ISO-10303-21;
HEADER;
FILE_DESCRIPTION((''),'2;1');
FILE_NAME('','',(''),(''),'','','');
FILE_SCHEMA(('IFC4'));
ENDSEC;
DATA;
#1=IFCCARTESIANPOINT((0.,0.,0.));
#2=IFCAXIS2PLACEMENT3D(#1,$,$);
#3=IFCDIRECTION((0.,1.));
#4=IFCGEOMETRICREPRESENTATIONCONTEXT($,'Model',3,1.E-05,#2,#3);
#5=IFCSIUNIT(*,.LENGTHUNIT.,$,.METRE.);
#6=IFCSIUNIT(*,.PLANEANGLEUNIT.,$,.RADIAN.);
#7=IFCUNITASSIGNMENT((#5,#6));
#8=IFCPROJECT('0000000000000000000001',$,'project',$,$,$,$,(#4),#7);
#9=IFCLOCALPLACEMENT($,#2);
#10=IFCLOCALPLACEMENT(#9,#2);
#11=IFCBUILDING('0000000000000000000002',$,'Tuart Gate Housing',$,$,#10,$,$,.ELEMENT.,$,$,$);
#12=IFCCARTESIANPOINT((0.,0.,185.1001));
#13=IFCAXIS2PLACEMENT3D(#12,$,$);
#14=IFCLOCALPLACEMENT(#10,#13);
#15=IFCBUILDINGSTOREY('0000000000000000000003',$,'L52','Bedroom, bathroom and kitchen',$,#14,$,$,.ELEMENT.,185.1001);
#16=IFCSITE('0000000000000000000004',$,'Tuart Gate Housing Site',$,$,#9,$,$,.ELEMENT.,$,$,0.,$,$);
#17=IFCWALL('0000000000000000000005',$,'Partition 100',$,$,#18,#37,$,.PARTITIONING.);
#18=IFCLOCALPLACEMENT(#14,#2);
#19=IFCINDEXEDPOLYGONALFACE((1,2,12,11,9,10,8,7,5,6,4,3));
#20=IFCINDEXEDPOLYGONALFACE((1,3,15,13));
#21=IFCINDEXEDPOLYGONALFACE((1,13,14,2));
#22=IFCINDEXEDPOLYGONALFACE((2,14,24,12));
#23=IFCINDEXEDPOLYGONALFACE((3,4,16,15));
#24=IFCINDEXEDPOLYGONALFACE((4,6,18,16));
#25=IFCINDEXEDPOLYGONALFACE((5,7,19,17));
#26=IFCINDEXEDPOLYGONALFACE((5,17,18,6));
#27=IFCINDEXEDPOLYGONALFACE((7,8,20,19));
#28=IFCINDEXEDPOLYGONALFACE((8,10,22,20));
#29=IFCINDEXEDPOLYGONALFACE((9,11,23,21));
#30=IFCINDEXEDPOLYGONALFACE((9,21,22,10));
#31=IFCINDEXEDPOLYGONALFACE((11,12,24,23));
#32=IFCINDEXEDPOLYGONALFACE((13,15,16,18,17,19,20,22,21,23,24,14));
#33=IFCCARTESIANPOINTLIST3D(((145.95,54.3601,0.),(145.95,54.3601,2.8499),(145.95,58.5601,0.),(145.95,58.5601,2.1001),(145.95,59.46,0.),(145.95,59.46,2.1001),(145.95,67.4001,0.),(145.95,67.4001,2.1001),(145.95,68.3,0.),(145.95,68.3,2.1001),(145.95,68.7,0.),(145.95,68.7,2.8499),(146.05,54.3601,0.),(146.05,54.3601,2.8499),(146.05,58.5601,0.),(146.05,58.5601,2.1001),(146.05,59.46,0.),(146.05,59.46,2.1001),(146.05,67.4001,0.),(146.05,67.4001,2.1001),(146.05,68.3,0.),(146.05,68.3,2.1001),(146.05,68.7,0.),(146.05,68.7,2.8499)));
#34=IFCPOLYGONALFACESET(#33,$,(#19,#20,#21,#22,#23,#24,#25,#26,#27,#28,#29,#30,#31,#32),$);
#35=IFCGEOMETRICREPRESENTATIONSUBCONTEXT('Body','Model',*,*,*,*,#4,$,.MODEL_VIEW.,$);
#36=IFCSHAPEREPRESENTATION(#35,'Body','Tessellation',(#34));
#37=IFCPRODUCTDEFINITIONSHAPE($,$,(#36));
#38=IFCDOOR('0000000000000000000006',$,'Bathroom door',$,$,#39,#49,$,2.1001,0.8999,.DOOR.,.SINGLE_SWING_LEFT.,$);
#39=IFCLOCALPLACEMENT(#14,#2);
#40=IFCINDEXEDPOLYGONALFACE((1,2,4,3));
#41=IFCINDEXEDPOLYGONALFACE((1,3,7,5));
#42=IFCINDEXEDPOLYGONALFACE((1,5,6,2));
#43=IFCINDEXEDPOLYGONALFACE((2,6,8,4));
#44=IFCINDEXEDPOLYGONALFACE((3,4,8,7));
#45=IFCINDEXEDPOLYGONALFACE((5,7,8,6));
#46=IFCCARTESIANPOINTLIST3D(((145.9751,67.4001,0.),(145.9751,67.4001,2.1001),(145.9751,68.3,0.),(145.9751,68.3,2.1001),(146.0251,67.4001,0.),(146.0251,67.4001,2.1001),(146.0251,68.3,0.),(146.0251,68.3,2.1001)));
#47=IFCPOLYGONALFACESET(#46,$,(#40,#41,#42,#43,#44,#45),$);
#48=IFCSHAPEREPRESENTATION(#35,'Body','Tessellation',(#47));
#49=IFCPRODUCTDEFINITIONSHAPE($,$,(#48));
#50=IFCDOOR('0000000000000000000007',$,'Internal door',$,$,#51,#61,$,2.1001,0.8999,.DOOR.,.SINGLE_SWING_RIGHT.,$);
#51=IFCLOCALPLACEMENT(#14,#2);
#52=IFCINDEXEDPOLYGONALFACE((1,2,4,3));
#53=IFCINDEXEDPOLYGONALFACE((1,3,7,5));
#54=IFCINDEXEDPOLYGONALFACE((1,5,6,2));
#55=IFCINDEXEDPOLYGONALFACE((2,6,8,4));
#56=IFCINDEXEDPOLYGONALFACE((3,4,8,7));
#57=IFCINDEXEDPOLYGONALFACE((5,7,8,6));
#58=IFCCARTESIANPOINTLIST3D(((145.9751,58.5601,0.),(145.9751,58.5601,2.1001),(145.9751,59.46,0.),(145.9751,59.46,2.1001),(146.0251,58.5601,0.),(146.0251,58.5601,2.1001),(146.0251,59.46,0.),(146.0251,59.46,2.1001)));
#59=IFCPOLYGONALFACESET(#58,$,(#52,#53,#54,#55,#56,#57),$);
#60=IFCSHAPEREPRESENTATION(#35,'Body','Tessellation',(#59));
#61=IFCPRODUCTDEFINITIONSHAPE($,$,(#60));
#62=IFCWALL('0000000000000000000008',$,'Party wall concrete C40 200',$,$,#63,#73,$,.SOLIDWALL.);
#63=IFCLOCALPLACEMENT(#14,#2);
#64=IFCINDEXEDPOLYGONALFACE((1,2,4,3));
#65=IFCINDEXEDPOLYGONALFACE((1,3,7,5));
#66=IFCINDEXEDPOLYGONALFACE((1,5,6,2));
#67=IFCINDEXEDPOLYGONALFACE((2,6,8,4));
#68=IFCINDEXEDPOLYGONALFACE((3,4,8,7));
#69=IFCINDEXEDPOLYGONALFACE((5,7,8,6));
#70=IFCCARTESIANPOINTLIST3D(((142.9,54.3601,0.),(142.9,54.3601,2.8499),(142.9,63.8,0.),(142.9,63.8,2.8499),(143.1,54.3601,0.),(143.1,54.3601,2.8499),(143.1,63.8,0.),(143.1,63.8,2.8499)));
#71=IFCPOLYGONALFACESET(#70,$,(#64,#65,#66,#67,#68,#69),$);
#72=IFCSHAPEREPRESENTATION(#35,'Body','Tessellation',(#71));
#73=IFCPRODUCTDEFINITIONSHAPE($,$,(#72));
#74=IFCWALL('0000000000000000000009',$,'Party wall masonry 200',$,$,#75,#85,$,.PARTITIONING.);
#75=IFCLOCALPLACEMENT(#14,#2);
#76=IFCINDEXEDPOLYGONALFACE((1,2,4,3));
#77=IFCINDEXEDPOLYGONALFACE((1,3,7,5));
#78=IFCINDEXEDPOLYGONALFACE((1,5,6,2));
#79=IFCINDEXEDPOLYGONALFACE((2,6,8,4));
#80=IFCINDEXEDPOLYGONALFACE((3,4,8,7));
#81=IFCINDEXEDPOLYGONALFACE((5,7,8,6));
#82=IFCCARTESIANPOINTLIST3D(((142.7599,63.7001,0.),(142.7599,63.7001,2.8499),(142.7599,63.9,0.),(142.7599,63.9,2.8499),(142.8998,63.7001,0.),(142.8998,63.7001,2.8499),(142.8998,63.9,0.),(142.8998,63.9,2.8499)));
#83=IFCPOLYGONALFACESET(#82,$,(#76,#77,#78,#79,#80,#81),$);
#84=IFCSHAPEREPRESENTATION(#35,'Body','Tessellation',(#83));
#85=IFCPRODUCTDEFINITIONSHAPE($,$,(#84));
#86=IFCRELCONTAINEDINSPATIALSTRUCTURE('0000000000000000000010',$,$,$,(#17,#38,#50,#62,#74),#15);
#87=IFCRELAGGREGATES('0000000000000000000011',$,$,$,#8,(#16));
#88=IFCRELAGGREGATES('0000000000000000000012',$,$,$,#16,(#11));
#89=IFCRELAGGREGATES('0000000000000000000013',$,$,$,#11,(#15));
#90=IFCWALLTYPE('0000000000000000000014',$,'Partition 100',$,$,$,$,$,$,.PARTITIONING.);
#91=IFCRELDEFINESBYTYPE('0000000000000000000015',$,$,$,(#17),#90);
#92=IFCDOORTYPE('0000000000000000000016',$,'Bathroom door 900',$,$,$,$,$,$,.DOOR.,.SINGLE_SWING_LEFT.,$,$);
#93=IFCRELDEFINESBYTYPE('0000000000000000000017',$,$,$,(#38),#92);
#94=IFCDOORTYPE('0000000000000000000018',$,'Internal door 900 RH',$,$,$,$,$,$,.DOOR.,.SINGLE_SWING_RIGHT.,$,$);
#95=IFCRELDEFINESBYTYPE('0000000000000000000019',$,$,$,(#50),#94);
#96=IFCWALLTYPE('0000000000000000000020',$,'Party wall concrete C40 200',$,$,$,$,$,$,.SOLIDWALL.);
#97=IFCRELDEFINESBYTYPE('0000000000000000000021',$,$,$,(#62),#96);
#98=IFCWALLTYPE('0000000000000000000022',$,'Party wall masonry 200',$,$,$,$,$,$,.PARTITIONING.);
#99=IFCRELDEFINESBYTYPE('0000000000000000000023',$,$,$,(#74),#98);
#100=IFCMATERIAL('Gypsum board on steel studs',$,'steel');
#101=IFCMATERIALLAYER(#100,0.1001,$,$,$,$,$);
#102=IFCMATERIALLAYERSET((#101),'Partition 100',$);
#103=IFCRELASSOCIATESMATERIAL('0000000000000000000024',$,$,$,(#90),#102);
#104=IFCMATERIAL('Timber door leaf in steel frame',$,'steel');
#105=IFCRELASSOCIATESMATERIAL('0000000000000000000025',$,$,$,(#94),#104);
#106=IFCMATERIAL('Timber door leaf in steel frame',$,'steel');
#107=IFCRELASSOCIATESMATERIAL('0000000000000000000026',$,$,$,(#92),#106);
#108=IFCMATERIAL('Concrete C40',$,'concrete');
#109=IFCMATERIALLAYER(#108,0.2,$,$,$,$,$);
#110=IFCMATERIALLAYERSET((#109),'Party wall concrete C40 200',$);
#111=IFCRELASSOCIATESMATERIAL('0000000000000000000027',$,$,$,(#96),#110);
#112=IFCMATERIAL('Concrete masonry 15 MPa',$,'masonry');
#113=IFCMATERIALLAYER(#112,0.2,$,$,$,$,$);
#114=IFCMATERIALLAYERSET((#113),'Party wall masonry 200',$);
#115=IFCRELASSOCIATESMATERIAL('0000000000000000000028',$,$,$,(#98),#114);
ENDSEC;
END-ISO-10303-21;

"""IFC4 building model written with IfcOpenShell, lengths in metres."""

from ifc_helpers import new_model, si_unit, direction, frame, frame_2d, origin, place, context, subcontext, project, spatial, rectangle, extrude, material, layer, layer_set, type_object, element, fill, save


model = new_model("IFC4")

# Units and contexts
model_context = context("Model", 3, precision=1e-05, world=origin(), true_north=direction((0.0, 1.0)))
body_context = subcontext(model_context, "Body", "Model", "MODEL_VIEW")
ifc_project = project(units=[si_unit("LENGTHUNIT", "METRE"), si_unit("PLANEANGLEUNIT", "RADIAN")], contexts=[model_context])

# Site, building, storey
site_placement = place(None, origin())
site = spatial("IfcSite", under=ifc_project, at=site_placement, Name="Tuart Gate Housing Site", CompositionType="ELEMENT", RefElevation=0.0)
building_placement = place(site_placement, origin())
building = spatial("IfcBuilding", under=site, at=building_placement, Name="Tuart Gate Housing", CompositionType="ELEMENT")
storey_placement = place(building_placement, frame((0.0, 0.0, 185.1001)))
storey = spatial("IfcBuildingStorey", under=building, at=storey_placement, Name="L52", Description="Bedroom, bathroom and kitchen", CompositionType="ELEMENT", Elevation=185.1001)

# Shared definitions
ifc_material_1 = material(Name="Gypsum board on steel studs", Category="steel")
ifc_layer_1 = layer(ifc_material_1, 0.1001)
ifc_layer_set_1 = layer_set([ifc_layer_1], Name="Partition 100")
wall_type_1 = type_object("IfcWallType", Name="Partition 100", PredefinedType="PARTITIONING", material=ifc_layer_set_1)

# Shared definitions
ifc_material_2 = material(Name="Timber door leaf in steel frame", Category="steel")
door_type_1 = type_object("IfcDoorType", Name="Internal door 900 RH", OperationType="SINGLE_SWING_RIGHT", PredefinedType="DOOR", material=ifc_material_2)

# Wall, openings, doors
wall_1_placement = place(storey_placement, frame((146.0, 54.3601, 0.0), z_axis=(0.0, 0.0, 1.0), x_axis=(0.0, 1.0, 0.0)))
wall_1 = element("IfcWall", 1, at=wall_1_placement, inside=storey, type_object=wall_type_1, Name="Partition 100", PredefinedType="PARTITIONING", context=body_context, shape_type="SweptSolid", body=[
    extrude(rectangle(XDim=14.3398, YDim=0.1001, at=frame_2d((7.1699, 0.0))), origin(), (0.0, 0.0, 1.0), 2.8499),
])
opening_1_placement = place(wall_1_placement, frame((4.2, 0.0, 0.0)))
opening_1 = element("IfcOpeningElement", 2, at=opening_1_placement, cuts=wall_1, PredefinedType="OPENING", context=body_context, shape_type="SweptSolid", body=[
    extrude(rectangle(XDim=0.8999, YDim=2.1001, at=frame_2d((0.45, 1.05))), frame((0.0, 0.0601, 0.0), z_axis=(0.0, -1.0, 0.0), x_axis=(1.0, 0.0, 0.0)), (0.0, 0.0, 1.0), 0.1201),
])
opening_2_placement = place(wall_1_placement, frame((13.04, 0.0, 0.0)))
opening_2 = element("IfcOpeningElement", 3, at=opening_2_placement, cuts=wall_1, PredefinedType="OPENING", context=body_context, shape_type="SweptSolid", body=[
    extrude(rectangle(XDim=0.8999, YDim=2.1001, at=frame_2d((0.45, 1.05))), frame((0.0, 0.0601, 0.0), z_axis=(0.0, -1.0, 0.0), x_axis=(1.0, 0.0, 0.0)), (0.0, 0.0, 1.0), 0.1201),
])
ifc_material_3 = material(Name="Timber door leaf in steel frame", Category="steel")
door_type_2 = type_object("IfcDoorType", Name="Bathroom door 900", OperationType="SINGLE_SWING_LEFT", PredefinedType="DOOR", material=ifc_material_3)
door_1_placement = place(opening_2_placement, frame((0.8999, 0.0, 0.0), z_axis=(0.0, 0.0, 1.0), x_axis=(-1.0, 0.0, 0.0)))
door_1 = element("IfcDoor", 4, at=door_1_placement, inside=storey, type_object=door_type_2, Name="Bathroom door", OperationType="SINGLE_SWING_LEFT", OverallHeight=2.1001, OverallWidth=0.8999, PredefinedType="DOOR", context=body_context, shape_type="SweptSolid", body=[
    extrude(rectangle(XDim=0.8999, YDim=2.1001, at=frame_2d((0.45, 1.05))), frame((0.0, 0.0251, 0.0), z_axis=(0.0, -1.0, 0.0), x_axis=(1.0, 0.0, 0.0)), (0.0, 0.0, 1.0), 0.05),
])
fill(opening_2, door_1)
door_2_placement = place(opening_1_placement, frame((0.8999, 0.0, 0.0), z_axis=(0.0, 0.0, 1.0), x_axis=(-1.0, 0.0, 0.0)))
door_2 = element("IfcDoor", 5, at=door_2_placement, inside=storey, type_object=door_type_1, Name="Internal door", OperationType="SINGLE_SWING_RIGHT", OverallHeight=2.1001, OverallWidth=0.8999, PredefinedType="DOOR", context=body_context, shape_type="SweptSolid", body=[
    extrude(rectangle(XDim=0.8999, YDim=2.1001, at=frame_2d((0.45, 1.05))), frame((0.0, 0.0251, 0.0), z_axis=(0.0, -1.0, 0.0), x_axis=(1.0, 0.0, 0.0)), (0.0, 0.0, 1.0), 0.05),
])
fill(opening_1, door_2)

# Walls
ifc_material_4 = material(Name="Concrete C40", Category="concrete")
ifc_layer_2 = layer(ifc_material_4, 0.2)
ifc_layer_set_2 = layer_set([ifc_layer_2], Name="Party wall concrete C40 200")
wall_type_2 = type_object("IfcWallType", Name="Party wall concrete C40 200", PredefinedType="SOLIDWALL", material=ifc_layer_set_2)
wall_2_placement = place(storey_placement, frame((143.0, 54.3601, 0.0), z_axis=(0.0, 0.0, 1.0), x_axis=(0.0, 1.0, 0.0)))
element("IfcWall", 6, at=wall_2_placement, inside=storey, type_object=wall_type_2, Name="Party wall concrete C40 200", PredefinedType="SOLIDWALL", context=body_context, shape_type="SweptSolid", body=[
    extrude(rectangle(XDim=9.4399, YDim=0.2, at=frame_2d((4.72, 0.0))), origin(), (0.0, 0.0, 1.0), 2.8499),
])
ifc_material_5 = material(Name="Concrete masonry 15 MPa", Category="masonry")
ifc_layer_3 = layer(ifc_material_5, 0.2)
ifc_layer_set_3 = layer_set([ifc_layer_3], Name="Party wall masonry 200")
wall_type_3 = type_object("IfcWallType", Name="Party wall masonry 200", PredefinedType="PARTITIONING", material=ifc_layer_set_3)
wall_3_placement = place(storey_placement, frame((142.76, 63.8, 0.0), z_axis=(0.0, 0.0, 1.0), x_axis=(1.0, 0.0, 0.0)))
element("IfcWall", 7, at=wall_3_placement, inside=storey, type_object=wall_type_3, Name="Party wall masonry 200", PredefinedType="PARTITIONING", context=body_context, shape_type="SweptSolid", body=[
    extrude(rectangle(XDim=0.1399, YDim=0.2, at=frame_2d((0.0698, 0.0))), origin(), (0.0, 0.0, 1.0), 2.8499),
])

save(model, "model.ifc")
